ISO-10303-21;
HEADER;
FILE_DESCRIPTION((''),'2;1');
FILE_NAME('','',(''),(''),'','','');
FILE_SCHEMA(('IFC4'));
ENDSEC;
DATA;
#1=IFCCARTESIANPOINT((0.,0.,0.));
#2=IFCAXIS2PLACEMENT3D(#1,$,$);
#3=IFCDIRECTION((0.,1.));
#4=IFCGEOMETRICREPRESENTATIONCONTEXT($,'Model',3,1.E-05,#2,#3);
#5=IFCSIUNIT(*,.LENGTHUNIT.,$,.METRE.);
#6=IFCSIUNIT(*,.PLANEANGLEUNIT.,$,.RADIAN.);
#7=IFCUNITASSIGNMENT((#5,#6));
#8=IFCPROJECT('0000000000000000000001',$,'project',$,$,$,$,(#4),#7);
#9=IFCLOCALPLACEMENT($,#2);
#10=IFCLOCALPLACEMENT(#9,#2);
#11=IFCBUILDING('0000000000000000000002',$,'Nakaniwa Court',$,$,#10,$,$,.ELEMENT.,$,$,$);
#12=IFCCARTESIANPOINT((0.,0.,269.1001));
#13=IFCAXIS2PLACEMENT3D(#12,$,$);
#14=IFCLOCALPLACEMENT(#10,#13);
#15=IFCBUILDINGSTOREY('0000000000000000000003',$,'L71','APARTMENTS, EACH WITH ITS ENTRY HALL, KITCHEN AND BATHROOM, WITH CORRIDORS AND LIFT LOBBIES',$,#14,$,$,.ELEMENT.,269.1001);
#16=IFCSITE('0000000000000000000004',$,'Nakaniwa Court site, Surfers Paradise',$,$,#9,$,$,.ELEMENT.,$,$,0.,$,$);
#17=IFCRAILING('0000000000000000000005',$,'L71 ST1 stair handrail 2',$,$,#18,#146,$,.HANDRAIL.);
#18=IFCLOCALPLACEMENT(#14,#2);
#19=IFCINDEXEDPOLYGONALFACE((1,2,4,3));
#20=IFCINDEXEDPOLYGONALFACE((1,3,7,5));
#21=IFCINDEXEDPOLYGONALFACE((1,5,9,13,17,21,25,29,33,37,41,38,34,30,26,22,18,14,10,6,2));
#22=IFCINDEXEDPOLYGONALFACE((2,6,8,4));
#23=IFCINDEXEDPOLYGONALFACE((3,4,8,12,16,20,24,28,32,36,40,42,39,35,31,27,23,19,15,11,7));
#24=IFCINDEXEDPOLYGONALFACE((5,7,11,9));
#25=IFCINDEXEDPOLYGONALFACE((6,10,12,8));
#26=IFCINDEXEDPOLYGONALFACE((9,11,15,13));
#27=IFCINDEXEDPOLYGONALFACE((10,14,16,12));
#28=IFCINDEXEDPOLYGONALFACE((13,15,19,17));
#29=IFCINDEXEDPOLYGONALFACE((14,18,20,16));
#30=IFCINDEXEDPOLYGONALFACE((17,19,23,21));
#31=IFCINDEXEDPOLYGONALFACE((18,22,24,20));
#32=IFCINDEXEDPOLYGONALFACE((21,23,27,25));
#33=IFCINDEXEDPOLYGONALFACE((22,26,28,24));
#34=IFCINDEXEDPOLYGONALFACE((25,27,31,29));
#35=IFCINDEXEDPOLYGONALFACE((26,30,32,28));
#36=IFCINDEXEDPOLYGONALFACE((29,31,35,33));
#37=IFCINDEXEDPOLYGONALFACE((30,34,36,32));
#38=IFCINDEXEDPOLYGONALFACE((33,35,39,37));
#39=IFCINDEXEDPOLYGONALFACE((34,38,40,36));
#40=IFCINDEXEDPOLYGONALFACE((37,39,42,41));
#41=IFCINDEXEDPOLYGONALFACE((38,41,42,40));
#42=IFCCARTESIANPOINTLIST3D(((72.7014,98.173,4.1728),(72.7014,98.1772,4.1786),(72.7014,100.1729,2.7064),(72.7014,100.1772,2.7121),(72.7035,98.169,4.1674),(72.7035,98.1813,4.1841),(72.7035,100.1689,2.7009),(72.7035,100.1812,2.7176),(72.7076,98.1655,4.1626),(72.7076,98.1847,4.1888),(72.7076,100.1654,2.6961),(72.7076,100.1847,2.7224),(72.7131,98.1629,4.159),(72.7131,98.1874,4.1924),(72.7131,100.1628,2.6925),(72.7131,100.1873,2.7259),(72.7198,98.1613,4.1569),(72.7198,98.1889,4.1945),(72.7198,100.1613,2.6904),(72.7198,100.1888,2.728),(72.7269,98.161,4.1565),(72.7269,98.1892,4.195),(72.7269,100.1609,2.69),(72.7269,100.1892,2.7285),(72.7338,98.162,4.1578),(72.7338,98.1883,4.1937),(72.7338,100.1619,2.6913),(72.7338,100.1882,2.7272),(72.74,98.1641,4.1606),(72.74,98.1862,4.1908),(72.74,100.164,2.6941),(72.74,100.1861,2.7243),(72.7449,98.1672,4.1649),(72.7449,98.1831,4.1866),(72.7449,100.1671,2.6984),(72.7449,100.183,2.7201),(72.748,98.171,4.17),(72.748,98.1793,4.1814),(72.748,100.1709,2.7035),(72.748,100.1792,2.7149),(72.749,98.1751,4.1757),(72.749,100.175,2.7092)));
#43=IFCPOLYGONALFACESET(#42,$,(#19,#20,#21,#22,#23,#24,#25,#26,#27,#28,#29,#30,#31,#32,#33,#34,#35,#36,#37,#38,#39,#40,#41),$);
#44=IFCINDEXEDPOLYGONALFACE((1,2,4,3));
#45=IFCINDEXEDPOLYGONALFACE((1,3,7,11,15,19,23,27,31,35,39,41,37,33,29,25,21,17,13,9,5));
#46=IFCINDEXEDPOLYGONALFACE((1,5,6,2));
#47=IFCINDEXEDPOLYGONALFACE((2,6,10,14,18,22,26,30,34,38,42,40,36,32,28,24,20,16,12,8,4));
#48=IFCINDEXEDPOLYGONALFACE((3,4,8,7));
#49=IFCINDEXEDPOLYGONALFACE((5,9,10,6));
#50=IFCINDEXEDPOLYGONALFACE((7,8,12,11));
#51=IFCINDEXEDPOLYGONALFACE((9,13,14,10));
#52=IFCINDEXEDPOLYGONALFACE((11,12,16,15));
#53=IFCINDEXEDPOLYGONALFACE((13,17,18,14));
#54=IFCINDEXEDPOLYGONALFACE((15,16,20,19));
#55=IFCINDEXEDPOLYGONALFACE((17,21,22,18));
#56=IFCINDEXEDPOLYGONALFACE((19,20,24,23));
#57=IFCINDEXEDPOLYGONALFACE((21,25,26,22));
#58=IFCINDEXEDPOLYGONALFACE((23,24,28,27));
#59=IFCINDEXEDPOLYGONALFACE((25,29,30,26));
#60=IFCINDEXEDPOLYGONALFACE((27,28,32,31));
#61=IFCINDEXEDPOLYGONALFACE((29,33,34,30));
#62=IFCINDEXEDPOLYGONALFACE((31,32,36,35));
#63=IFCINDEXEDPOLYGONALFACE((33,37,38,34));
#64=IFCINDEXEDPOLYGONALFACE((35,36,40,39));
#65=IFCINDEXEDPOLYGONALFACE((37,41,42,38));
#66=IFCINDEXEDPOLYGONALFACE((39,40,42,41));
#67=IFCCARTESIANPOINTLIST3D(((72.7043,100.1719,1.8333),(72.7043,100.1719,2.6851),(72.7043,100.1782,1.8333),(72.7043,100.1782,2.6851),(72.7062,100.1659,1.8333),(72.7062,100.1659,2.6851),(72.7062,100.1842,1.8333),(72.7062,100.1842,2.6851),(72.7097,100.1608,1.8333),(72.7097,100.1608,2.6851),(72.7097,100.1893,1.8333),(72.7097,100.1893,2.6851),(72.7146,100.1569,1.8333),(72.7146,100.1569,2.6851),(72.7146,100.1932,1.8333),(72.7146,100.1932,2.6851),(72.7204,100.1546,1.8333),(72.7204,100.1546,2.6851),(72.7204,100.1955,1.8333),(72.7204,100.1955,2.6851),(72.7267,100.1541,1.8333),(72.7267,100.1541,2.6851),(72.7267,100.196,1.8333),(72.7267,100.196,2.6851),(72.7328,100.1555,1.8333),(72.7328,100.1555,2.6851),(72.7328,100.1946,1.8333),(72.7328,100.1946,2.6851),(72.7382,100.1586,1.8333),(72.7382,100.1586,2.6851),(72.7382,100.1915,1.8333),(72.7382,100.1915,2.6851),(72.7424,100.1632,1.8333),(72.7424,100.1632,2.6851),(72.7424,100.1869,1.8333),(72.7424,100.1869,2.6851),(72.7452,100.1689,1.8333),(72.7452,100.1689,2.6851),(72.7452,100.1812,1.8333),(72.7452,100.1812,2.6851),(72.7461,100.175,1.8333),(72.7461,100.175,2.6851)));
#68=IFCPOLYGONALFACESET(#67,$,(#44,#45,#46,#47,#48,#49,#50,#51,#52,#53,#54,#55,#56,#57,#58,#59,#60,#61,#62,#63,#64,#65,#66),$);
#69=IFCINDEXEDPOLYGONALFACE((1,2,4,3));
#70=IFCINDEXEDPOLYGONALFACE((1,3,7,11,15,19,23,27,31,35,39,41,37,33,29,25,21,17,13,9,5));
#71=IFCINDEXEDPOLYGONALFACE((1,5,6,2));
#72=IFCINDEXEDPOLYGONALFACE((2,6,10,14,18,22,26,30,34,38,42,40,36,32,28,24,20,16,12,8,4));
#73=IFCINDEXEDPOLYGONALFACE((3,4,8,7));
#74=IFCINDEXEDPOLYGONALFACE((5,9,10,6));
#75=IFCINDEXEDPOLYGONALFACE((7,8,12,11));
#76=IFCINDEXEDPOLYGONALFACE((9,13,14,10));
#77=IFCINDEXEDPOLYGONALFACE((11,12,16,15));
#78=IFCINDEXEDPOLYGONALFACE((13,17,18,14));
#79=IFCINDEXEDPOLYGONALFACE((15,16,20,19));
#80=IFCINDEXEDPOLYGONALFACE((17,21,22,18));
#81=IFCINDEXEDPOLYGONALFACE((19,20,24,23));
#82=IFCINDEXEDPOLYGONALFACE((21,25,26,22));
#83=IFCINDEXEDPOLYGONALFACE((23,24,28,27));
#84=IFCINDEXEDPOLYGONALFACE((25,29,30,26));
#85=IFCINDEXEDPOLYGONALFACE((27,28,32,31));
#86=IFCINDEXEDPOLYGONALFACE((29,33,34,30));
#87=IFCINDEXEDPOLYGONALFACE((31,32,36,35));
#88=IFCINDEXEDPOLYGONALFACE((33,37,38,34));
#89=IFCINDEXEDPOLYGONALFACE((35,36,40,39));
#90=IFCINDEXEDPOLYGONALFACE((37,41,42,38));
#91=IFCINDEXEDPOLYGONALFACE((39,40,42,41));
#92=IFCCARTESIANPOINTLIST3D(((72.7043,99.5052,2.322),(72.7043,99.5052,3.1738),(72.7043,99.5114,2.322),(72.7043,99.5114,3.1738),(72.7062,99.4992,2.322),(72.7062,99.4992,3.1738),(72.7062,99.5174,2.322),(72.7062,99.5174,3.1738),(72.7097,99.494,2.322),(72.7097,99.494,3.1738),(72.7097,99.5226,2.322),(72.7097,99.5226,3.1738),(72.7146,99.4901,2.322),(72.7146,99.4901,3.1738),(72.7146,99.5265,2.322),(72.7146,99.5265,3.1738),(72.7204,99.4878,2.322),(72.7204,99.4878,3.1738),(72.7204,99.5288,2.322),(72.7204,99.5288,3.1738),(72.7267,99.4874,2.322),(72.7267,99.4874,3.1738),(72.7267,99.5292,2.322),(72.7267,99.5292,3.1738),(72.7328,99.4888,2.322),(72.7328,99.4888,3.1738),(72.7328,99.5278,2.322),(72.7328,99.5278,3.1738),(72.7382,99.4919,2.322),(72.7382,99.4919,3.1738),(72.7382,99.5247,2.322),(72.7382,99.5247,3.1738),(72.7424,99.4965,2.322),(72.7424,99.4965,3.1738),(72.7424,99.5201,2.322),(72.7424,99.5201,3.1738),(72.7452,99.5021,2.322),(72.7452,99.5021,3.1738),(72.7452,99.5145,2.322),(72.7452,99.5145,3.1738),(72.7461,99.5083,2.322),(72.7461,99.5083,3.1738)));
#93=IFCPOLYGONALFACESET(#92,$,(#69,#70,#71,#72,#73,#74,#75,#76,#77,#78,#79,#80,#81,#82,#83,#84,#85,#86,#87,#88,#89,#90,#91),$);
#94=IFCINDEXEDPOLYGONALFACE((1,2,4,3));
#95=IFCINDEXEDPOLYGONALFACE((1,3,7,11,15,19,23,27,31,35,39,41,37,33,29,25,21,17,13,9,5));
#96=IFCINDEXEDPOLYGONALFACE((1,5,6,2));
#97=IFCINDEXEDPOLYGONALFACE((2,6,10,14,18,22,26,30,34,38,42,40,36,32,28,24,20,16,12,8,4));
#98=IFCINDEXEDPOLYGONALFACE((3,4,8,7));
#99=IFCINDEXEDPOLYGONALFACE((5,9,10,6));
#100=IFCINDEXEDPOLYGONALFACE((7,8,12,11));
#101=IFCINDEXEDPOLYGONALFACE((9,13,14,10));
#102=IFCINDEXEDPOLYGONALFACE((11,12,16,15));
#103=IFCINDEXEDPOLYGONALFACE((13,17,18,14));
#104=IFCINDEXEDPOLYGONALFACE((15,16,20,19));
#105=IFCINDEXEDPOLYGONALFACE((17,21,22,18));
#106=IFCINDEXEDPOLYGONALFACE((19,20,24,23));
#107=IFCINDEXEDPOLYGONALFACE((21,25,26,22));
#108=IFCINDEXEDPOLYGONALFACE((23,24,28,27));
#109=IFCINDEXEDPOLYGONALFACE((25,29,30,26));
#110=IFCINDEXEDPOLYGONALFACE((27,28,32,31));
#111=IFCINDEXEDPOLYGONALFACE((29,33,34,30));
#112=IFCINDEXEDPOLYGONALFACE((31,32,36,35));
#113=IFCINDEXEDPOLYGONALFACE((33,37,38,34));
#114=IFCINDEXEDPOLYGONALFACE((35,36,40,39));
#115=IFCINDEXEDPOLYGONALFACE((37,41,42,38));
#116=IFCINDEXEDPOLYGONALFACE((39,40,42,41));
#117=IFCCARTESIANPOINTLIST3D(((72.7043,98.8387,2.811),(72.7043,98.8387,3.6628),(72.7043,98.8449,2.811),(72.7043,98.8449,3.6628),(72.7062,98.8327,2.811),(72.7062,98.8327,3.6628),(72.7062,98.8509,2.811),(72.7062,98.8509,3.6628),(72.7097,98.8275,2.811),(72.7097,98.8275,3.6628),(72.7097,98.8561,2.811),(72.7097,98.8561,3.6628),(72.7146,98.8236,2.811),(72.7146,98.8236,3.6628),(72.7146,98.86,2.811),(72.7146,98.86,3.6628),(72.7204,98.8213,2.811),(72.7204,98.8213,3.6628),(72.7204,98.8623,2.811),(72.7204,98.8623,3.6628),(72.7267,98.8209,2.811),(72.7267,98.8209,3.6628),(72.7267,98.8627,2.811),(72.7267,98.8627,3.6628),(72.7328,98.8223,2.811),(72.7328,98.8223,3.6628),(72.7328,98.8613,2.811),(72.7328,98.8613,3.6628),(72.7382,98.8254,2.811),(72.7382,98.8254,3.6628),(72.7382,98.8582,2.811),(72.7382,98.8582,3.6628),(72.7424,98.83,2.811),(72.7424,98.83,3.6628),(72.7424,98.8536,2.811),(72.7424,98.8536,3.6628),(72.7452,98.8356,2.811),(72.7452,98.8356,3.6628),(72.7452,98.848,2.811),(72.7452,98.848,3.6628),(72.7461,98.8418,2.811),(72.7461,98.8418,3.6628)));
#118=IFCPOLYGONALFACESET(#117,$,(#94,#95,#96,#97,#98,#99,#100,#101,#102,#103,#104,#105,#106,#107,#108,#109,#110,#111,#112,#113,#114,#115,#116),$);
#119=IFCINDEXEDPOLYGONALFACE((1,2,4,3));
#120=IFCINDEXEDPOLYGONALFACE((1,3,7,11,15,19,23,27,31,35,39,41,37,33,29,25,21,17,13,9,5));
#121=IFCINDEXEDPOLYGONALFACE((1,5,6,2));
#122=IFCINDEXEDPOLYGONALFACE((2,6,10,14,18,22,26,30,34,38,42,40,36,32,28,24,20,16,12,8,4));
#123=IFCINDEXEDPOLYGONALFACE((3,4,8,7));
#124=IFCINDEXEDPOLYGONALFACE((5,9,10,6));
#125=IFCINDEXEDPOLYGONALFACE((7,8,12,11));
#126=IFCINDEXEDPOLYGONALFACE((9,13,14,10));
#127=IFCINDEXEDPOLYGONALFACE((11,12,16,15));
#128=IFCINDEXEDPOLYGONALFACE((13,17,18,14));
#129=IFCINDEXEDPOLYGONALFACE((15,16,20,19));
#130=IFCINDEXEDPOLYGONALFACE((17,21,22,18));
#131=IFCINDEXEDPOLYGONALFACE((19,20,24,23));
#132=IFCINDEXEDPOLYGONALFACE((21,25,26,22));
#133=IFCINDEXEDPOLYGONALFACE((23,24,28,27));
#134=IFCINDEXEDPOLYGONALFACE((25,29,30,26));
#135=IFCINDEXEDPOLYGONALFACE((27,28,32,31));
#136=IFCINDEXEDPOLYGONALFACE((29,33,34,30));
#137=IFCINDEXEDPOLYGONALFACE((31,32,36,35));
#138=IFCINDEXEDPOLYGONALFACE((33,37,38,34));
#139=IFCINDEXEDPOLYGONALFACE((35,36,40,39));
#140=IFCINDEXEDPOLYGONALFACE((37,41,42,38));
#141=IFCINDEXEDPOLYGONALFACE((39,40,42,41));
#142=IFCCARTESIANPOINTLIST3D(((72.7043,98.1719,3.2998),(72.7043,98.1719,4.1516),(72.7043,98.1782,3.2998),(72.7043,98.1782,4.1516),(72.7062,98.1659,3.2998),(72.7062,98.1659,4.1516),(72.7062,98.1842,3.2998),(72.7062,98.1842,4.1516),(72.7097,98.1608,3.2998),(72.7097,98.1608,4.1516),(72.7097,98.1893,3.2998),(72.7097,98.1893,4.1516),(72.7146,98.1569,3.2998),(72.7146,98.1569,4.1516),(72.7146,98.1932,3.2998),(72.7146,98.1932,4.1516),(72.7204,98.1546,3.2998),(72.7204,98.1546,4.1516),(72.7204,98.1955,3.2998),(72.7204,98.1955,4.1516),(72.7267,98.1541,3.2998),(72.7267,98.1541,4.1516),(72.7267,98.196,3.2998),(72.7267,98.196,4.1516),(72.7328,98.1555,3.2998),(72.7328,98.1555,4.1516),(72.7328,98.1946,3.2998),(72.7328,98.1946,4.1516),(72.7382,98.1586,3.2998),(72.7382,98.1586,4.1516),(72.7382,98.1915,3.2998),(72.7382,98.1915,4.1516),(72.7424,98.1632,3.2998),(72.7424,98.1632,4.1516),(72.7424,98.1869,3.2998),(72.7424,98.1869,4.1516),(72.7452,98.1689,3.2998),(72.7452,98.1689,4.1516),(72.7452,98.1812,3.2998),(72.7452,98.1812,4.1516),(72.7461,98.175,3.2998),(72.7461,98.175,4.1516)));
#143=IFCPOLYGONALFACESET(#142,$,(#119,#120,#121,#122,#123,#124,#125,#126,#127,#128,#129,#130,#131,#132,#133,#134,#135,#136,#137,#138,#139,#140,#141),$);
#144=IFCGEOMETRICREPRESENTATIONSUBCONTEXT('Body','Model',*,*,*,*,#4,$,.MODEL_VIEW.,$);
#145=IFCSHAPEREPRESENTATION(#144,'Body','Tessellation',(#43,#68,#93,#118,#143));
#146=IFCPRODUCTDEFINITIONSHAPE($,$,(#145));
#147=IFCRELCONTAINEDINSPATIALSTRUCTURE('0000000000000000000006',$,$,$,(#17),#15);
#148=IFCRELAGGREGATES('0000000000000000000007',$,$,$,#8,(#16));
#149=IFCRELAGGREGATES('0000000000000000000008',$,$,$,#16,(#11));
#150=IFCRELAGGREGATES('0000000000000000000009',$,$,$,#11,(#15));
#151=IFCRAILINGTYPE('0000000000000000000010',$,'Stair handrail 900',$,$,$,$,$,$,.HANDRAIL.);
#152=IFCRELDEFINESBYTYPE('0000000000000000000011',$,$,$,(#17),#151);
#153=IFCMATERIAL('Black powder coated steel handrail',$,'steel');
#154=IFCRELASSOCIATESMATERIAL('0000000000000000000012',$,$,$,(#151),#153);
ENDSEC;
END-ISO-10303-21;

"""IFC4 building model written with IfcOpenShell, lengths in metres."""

from ifc_helpers import new_model, si_unit, direction, frame, origin, origin_2d, place, context, subcontext, project, spatial, circle, extrude, material, type_object, element, save


model = new_model("IFC4")

# Units and contexts
model_context = context("Model", 3, precision=1e-05, world=origin(), true_north=direction((0.0, 1.0)))
body_context = subcontext(model_context, "Body", "Model", "MODEL_VIEW")
ifc_project = project(units=[si_unit("LENGTHUNIT", "METRE"), si_unit("PLANEANGLEUNIT", "RADIAN")], contexts=[model_context])

# Site, building, storey
site_placement = place(None, origin())
site = spatial("IfcSite", under=ifc_project, at=site_placement, Name="Nakaniwa Court site, Surfers Paradise", CompositionType="ELEMENT", RefElevation=0.0)
building_placement = place(site_placement, origin())
building = spatial("IfcBuilding", under=site, at=building_placement, Name="Nakaniwa Court", CompositionType="ELEMENT")
storey_placement = place(building_placement, frame((0.0, 0.0, 269.1001)))
storey = spatial("IfcBuildingStorey", under=building, at=storey_placement, Name="L71", Description="APARTMENTS, EACH WITH ITS ENTRY HALL, KITCHEN AND BATHROOM, WITH CORRIDORS AND LIFT LOBBIES", CompositionType="ELEMENT", Elevation=269.1001)

# Railing
ifc_material_1 = material(Name="Black powder coated steel handrail", Category="steel")
railing_type_1 = type_object("IfcRailingType", Name="Stair handrail 900", PredefinedType="HANDRAIL", material=ifc_material_1)
railing_1_placement = place(storey_placement, frame((72.7251, 100.175, 1.8333)))
element("IfcRailing", 1, at=railing_1_placement, inside=storey, type_object=railing_type_1, Name="L71 ST1 stair handrail 2", PredefinedType="HANDRAIL", context=body_context, shape_type="SweptSolid", body=[
    extrude(circle(Radius=0.0239, at=origin_2d()), frame((0.0, 0.0, 0.876), z_axis=(0.0, -0.806427, 0.591334), x_axis=(1.0, 0.0, 0.0)), (0.0, 0.0, 1.0), 2.48),
    extrude(circle(Radius=0.021, at=origin_2d()), origin(), (0.0, 0.0, 1.0), 0.8518),
    extrude(circle(Radius=0.021, at=origin_2d()), frame((0.0, -0.6667, 0.4888)), (0.0, 0.0, 1.0), 0.8518),
    extrude(circle(Radius=0.021, at=origin_2d()), frame((0.0, -1.3333, 0.9778)), (0.0, 0.0, 1.0), 0.8518),
    extrude(circle(Radius=0.021, at=origin_2d()), frame((0.0, -2.0, 1.4666)), (0.0, 0.0, 1.0), 0.8518),
])

save(model, "model.ifc")
